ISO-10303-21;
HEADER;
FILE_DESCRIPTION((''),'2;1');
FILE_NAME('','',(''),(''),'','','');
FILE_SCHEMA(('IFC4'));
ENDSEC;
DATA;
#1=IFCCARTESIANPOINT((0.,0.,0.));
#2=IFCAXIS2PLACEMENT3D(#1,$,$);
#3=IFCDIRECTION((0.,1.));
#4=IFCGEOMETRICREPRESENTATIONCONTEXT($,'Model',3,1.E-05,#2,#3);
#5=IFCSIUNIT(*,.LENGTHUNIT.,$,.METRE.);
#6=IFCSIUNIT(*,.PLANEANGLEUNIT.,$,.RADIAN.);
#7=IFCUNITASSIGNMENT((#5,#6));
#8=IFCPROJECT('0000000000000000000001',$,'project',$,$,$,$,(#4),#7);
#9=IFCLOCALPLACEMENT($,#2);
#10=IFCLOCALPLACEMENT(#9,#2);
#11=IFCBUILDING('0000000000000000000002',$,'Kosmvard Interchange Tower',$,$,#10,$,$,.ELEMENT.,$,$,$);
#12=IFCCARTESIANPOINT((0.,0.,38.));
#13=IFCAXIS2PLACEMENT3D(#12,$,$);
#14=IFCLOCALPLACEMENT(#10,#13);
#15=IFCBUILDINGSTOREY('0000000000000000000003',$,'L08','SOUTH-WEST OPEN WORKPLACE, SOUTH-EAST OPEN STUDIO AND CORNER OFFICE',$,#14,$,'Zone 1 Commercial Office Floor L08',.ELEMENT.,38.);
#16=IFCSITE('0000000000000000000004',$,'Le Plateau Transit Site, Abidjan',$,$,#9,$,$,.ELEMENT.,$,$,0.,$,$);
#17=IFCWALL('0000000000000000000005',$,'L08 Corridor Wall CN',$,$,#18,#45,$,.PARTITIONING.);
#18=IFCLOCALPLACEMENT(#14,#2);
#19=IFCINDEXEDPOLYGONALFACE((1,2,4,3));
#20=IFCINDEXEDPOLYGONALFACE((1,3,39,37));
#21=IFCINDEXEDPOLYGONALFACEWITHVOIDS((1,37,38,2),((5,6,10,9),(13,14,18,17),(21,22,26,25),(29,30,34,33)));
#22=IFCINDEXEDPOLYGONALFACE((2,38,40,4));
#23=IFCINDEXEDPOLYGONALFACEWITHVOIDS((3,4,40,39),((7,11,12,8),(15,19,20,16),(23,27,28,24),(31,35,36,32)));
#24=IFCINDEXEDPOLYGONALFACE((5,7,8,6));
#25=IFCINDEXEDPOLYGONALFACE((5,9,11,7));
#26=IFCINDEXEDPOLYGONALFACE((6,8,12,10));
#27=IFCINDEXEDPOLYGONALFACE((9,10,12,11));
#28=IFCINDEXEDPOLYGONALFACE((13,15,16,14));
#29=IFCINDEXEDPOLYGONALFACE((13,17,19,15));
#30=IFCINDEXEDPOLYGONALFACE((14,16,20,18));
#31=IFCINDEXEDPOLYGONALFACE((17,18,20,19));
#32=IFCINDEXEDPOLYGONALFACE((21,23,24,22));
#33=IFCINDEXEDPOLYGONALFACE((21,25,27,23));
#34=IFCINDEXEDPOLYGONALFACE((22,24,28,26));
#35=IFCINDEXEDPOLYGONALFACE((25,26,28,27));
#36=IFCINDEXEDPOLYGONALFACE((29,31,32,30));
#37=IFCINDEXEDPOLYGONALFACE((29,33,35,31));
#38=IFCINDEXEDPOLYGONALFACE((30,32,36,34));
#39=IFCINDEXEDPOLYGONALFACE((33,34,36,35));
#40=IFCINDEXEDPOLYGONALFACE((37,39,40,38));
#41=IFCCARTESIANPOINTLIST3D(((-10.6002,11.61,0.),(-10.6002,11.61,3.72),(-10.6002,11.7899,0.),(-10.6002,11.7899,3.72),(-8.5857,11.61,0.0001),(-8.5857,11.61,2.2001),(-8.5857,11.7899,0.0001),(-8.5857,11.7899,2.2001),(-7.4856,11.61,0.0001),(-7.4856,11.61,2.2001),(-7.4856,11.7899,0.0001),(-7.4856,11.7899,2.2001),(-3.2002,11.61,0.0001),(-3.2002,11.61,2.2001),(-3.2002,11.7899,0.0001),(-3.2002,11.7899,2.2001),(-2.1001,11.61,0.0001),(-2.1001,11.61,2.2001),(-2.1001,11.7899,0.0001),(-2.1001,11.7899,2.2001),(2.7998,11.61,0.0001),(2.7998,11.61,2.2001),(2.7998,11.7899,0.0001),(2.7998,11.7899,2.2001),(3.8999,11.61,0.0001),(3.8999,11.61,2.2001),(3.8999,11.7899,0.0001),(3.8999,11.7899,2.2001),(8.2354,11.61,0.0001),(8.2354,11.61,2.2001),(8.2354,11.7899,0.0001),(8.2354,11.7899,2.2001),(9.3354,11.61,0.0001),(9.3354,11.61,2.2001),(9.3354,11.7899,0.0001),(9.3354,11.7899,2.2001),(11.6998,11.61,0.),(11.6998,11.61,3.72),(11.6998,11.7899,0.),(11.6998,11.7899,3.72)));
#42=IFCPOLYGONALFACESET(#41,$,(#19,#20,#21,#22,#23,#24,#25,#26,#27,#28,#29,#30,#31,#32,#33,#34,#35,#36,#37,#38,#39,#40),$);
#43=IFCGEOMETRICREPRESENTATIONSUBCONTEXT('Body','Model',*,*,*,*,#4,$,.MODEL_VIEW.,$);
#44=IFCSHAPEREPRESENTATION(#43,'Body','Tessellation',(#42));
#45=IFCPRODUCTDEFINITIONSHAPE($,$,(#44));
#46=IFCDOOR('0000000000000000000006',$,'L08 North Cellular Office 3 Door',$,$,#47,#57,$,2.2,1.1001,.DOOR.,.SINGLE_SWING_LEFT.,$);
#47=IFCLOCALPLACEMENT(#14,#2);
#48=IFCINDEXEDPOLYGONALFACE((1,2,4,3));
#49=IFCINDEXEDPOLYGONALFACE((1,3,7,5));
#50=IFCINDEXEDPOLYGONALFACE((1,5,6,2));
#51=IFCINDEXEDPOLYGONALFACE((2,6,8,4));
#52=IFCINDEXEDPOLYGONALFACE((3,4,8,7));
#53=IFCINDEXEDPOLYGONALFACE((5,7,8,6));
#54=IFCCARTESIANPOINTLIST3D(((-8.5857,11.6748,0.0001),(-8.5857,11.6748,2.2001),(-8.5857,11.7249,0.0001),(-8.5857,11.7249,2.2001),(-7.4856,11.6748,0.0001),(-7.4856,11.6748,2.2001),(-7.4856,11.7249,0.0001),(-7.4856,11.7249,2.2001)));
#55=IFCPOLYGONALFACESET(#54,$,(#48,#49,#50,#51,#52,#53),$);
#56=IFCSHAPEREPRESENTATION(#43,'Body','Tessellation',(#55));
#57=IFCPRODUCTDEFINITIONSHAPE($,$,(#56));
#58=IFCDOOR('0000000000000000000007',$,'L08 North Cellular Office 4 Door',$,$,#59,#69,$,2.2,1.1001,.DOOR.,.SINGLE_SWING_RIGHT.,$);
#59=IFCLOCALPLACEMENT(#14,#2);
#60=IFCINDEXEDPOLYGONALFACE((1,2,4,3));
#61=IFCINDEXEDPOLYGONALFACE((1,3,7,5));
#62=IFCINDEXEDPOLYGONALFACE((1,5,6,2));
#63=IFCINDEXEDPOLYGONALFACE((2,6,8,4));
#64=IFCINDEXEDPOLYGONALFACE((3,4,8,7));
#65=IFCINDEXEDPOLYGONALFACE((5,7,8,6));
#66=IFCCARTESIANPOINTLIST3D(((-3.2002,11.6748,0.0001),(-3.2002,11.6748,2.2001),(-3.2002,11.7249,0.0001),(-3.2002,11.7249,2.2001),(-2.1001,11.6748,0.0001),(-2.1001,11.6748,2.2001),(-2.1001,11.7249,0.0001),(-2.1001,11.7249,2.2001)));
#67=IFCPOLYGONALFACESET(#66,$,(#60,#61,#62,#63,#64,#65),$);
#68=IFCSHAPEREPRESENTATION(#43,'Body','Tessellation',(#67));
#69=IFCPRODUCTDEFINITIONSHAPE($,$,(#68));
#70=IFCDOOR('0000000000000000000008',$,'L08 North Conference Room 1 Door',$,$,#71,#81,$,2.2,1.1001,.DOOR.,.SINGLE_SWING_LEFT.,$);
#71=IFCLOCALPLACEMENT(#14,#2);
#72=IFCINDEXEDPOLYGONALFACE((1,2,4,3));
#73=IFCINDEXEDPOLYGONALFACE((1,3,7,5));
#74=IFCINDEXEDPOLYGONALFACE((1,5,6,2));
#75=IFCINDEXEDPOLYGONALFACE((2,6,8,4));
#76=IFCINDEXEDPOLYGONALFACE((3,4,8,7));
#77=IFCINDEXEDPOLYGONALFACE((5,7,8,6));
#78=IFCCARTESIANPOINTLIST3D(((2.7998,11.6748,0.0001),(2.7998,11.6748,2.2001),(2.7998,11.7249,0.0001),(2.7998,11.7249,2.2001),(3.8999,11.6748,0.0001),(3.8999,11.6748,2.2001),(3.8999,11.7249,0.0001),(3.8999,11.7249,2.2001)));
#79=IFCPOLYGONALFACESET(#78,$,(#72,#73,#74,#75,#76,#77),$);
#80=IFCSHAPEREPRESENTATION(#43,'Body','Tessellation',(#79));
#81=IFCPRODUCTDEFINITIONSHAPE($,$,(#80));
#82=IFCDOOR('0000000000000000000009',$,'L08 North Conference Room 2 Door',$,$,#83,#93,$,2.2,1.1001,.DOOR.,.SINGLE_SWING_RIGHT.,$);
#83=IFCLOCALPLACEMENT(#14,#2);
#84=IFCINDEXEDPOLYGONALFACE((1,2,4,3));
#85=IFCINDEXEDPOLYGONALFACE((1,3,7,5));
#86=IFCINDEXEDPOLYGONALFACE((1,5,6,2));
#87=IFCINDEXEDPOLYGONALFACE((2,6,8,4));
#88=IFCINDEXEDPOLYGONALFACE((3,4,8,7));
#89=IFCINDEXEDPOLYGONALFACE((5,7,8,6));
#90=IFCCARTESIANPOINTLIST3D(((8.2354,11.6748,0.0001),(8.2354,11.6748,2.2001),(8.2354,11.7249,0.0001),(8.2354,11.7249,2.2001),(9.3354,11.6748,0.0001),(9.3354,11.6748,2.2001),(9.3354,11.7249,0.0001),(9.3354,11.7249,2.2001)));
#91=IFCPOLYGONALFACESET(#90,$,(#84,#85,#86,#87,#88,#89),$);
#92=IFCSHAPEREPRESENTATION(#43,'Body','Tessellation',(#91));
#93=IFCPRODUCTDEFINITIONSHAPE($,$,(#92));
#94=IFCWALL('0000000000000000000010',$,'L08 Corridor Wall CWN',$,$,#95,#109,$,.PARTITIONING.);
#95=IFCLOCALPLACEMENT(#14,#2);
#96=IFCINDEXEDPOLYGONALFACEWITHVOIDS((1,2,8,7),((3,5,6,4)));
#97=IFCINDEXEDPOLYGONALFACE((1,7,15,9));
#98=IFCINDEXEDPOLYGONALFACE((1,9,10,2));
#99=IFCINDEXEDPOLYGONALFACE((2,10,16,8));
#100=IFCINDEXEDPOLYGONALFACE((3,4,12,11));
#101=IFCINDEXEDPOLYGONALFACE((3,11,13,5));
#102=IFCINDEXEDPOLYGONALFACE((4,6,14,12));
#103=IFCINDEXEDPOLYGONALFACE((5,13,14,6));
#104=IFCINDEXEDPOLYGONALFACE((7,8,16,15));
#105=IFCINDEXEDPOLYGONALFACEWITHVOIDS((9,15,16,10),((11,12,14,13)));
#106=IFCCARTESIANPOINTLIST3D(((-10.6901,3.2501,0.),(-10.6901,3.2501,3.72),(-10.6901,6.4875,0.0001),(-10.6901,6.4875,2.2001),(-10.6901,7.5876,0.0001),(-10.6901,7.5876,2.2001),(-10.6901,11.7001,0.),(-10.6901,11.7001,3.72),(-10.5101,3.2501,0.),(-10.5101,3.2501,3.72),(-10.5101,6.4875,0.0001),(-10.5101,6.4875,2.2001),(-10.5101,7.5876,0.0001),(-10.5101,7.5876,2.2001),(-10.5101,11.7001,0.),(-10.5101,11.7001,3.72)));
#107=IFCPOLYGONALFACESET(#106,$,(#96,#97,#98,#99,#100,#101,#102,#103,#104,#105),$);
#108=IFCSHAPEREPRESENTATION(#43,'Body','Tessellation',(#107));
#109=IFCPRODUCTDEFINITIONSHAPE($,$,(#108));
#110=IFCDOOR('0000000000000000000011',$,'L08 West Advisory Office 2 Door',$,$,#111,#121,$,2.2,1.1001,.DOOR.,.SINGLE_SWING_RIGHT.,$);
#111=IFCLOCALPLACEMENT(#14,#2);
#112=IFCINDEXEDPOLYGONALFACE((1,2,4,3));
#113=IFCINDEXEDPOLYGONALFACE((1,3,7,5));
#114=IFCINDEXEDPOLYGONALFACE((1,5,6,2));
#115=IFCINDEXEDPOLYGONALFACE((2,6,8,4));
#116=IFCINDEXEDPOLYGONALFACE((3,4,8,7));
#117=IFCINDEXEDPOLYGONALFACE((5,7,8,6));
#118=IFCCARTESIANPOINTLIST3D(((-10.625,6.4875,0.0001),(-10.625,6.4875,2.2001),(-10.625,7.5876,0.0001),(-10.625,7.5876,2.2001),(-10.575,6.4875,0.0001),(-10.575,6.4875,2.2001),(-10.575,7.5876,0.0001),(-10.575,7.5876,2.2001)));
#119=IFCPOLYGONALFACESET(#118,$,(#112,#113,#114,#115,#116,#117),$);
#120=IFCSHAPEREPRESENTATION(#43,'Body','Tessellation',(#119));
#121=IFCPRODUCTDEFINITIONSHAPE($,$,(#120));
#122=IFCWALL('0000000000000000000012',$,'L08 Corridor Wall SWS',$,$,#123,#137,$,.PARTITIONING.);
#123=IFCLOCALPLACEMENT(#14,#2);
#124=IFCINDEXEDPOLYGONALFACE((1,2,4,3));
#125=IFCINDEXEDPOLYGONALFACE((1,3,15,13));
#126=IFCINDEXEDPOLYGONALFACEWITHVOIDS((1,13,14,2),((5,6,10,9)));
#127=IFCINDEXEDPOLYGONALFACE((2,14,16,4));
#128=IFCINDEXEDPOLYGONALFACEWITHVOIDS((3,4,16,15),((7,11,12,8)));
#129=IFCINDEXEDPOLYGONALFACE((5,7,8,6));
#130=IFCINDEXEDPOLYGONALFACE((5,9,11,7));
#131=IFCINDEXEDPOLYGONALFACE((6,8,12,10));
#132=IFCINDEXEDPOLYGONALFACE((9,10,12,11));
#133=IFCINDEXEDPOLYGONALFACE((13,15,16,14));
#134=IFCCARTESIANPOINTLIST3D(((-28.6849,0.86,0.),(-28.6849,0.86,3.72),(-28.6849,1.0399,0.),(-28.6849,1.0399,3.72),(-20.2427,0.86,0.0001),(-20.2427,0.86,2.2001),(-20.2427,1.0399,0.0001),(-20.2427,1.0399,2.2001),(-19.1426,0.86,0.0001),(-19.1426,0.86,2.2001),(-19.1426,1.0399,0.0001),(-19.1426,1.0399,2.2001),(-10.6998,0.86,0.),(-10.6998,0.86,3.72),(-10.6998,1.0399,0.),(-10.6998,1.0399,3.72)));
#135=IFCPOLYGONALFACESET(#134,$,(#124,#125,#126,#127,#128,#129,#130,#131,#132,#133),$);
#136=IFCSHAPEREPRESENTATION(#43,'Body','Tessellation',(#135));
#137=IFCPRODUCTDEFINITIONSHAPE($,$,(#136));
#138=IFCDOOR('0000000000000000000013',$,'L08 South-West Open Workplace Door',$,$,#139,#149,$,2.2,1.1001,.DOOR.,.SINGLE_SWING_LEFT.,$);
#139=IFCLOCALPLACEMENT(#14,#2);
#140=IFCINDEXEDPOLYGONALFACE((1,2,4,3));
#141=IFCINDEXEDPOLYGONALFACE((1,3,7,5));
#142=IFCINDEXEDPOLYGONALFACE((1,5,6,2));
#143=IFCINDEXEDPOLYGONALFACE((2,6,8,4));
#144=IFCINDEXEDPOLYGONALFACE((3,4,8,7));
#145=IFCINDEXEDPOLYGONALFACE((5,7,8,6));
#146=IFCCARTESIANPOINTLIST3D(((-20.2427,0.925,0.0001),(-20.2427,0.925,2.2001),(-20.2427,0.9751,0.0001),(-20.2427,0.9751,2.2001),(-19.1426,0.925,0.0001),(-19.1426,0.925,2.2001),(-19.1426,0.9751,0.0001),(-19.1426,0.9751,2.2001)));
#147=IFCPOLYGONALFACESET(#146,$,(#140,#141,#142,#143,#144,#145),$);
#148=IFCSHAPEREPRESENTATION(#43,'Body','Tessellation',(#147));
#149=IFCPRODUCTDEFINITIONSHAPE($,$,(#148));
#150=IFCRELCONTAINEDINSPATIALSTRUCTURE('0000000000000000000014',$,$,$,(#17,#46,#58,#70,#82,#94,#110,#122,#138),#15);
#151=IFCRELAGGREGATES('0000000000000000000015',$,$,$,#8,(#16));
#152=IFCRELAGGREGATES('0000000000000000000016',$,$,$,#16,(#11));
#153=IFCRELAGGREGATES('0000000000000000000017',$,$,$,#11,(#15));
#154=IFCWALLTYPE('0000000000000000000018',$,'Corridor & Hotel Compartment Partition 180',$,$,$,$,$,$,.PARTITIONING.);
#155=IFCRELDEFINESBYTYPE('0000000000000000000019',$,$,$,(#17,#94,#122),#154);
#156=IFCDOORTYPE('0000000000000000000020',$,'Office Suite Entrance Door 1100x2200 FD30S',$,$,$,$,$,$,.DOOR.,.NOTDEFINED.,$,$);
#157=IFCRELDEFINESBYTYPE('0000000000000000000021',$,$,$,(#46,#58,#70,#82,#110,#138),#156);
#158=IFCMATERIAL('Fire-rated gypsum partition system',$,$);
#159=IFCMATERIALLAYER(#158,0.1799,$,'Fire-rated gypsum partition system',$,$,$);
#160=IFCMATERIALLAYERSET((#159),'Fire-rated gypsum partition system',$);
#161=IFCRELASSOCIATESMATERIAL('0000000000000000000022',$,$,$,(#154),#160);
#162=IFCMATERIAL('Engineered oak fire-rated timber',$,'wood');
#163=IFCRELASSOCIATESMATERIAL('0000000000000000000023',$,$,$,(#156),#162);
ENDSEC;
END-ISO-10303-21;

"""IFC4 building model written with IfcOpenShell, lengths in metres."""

from ifc_helpers import new_model, si_unit, direction, frame, frame_2d, origin, place, context, subcontext, project, spatial, rectangle, extrude, source, transform, mapped, material, layer, layer_set, type_object, element, fill, save


model = new_model("IFC4")

# Units and contexts
model_context = context("Model", 3, precision=1e-05, world=origin(), true_north=direction((0.0, 1.0)))
body_context = subcontext(model_context, "Body", "Model", "MODEL_VIEW")
ifc_project = project(units=[si_unit("LENGTHUNIT", "METRE"), si_unit("PLANEANGLEUNIT", "RADIAN")], contexts=[model_context])

# Site, building, storey
site_placement = place(None, origin())
site = spatial("IfcSite", under=ifc_project, at=site_placement, Name="Le Plateau Transit Site, Abidjan", CompositionType="ELEMENT", RefElevation=0.0)
building_placement = place(site_placement, origin())
building = spatial("IfcBuilding", under=site, at=building_placement, Name="Kosmvard Interchange Tower", CompositionType="ELEMENT")
storey_placement = place(building_placement, frame((0.0, 0.0, 38.0)))
storey = spatial("IfcBuildingStorey", under=building, at=storey_placement, Name="L08", Description="SOUTH-WEST OPEN WORKPLACE, SOUTH-EAST OPEN STUDIO AND CORNER OFFICE", LongName="Zone 1 Commercial Office Floor L08", CompositionType="ELEMENT", Elevation=38.0)

# Wall, openings, doors
ifc_material_1 = material(Name="Fire-rated gypsum partition system")
ifc_layer_1 = layer(ifc_material_1, 0.1799, Name="Fire-rated gypsum partition system")
ifc_layer_set_1 = layer_set([ifc_layer_1], Name="Fire-rated gypsum partition system")
wall_type_1 = type_object("IfcWallType", Name="Corridor & Hotel Compartment Partition 180", PredefinedType="PARTITIONING", material=ifc_layer_set_1)
wall_1_placement = place(storey_placement, frame((-10.6001, 11.7, 0.0), z_axis=(0.0, 0.0, 1.0), x_axis=(1.0, 0.0, 0.0)))
wall_1 = element("IfcWall", 1, at=wall_1_placement, inside=storey, type_object=wall_type_1, Name="L08 Corridor Wall CN", PredefinedType="PARTITIONING", context=body_context, shape_type="SweptSolid", body=[
    extrude(rectangle(XDim=22.3, YDim=0.1799, at=frame_2d((11.1499, 0.0))), origin(), (0.0, 0.0, 1.0), 3.72),
])
opening_1_placement = place(wall_1_placement, frame((2.0144, 0.0, 0.0)))
opening_1 = element("IfcOpeningElement", 2, at=opening_1_placement, cuts=wall_1, PredefinedType="OPENING", context=body_context, shape_type="SweptSolid", body=[
    extrude(rectangle(XDim=1.1001, YDim=2.2, at=frame_2d((0.55, 1.1001))), frame((0.0, 0.1001, 0.0), z_axis=(0.0, -1.0, 0.0), x_axis=(1.0, 0.0, 0.0)), (0.0, 0.0, 1.0), 0.2),
])
opening_2_placement = place(wall_1_placement, frame((7.3999, 0.0, 0.0)))
opening_2 = element("IfcOpeningElement", 3, at=opening_2_placement, cuts=wall_1, PredefinedType="OPENING", context=body_context, shape_type="SweptSolid", body=[
    extrude(rectangle(XDim=1.1001, YDim=2.2, at=frame_2d((0.55, 1.1001))), frame((0.0, 0.1001, 0.0), z_axis=(0.0, -1.0, 0.0), x_axis=(1.0, 0.0, 0.0)), (0.0, 0.0, 1.0), 0.2),
])
opening_3_placement = place(wall_1_placement, frame((13.3999, 0.0, 0.0)))
opening_3 = element("IfcOpeningElement", 4, at=opening_3_placement, cuts=wall_1, PredefinedType="OPENING", context=body_context, shape_type="SweptSolid", body=[
    extrude(rectangle(XDim=1.1001, YDim=2.2, at=frame_2d((0.55, 1.1001))), frame((0.0, 0.1001, 0.0), z_axis=(0.0, -1.0, 0.0), x_axis=(1.0, 0.0, 0.0)), (0.0, 0.0, 1.0), 0.2),
])
opening_4_placement = place(wall_1_placement, frame((18.8354, 0.0, 0.0)))
opening_4 = element("IfcOpeningElement", 5, at=opening_4_placement, cuts=wall_1, PredefinedType="OPENING", context=body_context, shape_type="SweptSolid", body=[
    extrude(rectangle(XDim=1.1001, YDim=2.2, at=frame_2d((0.55, 1.1001))), frame((0.0, 0.1001, 0.0), z_axis=(0.0, -1.0, 0.0), x_axis=(1.0, 0.0, 0.0)), (0.0, 0.0, 1.0), 0.2),
])
ifc_material_2 = material(Name="Engineered oak fire-rated timber", Category="wood")
door_type_1 = type_object("IfcDoorType", Name="Office Suite Entrance Door 1100x2200 FD30S", OperationType="NOTDEFINED", PredefinedType="DOOR", material=ifc_material_2)
shared_shape_1 = source(origin(), body_context, "Body", "SweptSolid", [
    extrude(rectangle(XDim=1.1001, YDim=2.2, at=frame_2d((0.55, 1.1001))), frame((0.0, 0.0249, 0.0), z_axis=(0.0, -1.0, 0.0), x_axis=(1.0, 0.0, 0.0)), (0.0, 0.0, 1.0), 0.05),
])
door_1_placement = place(opening_1_placement, origin())
door_1 = element("IfcDoor", 6, at=door_1_placement, inside=storey, type_object=door_type_1, Name="L08 North Cellular Office 3 Door", OperationType="SINGLE_SWING_LEFT", OverallHeight=2.2, OverallWidth=1.1001, PredefinedType="DOOR", context=body_context, shape_type="MappedRepresentation", body=[
    mapped(shared_shape_1, transform((0.0, 0.0, 0.0), scale=1.0)),
])
fill(opening_1, door_1)
door_2_placement = place(opening_2_placement, origin())
door_2 = element("IfcDoor", 7, at=door_2_placement, inside=storey, type_object=door_type_1, Name="L08 North Cellular Office 4 Door", OperationType="SINGLE_SWING_RIGHT", OverallHeight=2.2, OverallWidth=1.1001, PredefinedType="DOOR", context=body_context, shape_type="MappedRepresentation", body=[
    mapped(shared_shape_1, transform((0.0, 0.0, 0.0), scale=1.0)),
])
fill(opening_2, door_2)
door_3_placement = place(opening_3_placement, origin())
door_3 = element("IfcDoor", 8, at=door_3_placement, inside=storey, type_object=door_type_1, Name="L08 North Conference Room 1 Door", OperationType="SINGLE_SWING_LEFT", OverallHeight=2.2, OverallWidth=1.1001, PredefinedType="DOOR", context=body_context, shape_type="MappedRepresentation", body=[
    mapped(shared_shape_1, transform((0.0, 0.0, 0.0), scale=1.0)),
])
fill(opening_3, door_3)
door_4_placement = place(opening_4_placement, origin())
door_4 = element("IfcDoor", 9, at=door_4_placement, inside=storey, type_object=door_type_1, Name="L08 North Conference Room 2 Door", OperationType="SINGLE_SWING_RIGHT", OverallHeight=2.2, OverallWidth=1.1001, PredefinedType="DOOR", context=body_context, shape_type="MappedRepresentation", body=[
    mapped(shared_shape_1, transform((0.0, 0.0, 0.0), scale=1.0)),
])
fill(opening_4, door_4)

# Walls, openings, doors
wall_2_placement = place(storey_placement, frame((-10.6001, 3.25, 0.0), z_axis=(0.0, 0.0, 1.0), x_axis=(0.0, 1.0, 0.0)))
wall_2 = element("IfcWall", 10, at=wall_2_placement, inside=storey, type_object=wall_type_1, Name="L08 Corridor Wall CWN", PredefinedType="PARTITIONING", context=body_context, shape_type="SweptSolid", body=[
    extrude(rectangle(XDim=8.45, YDim=0.1799, at=frame_2d((4.2251, 0.0))), origin(), (0.0, 0.0, 1.0), 3.72),
])
opening_5_placement = place(wall_2_placement, frame((3.2375, 0.0, 0.0)))
opening_5 = element("IfcOpeningElement", 11, at=opening_5_placement, cuts=wall_2, PredefinedType="OPENING", context=body_context, shape_type="SweptSolid", body=[
    extrude(rectangle(XDim=1.1001, YDim=2.2, at=frame_2d((0.55, 1.1001))), frame((0.0, 0.1001, 0.0), z_axis=(0.0, -1.0, 0.0), x_axis=(1.0, 0.0, 0.0)), (0.0, 0.0, 1.0), 0.2),
])
door_5_placement = place(opening_5_placement, origin())
door_5 = element("IfcDoor", 12, at=door_5_placement, inside=storey, type_object=door_type_1, Name="L08 West Advisory Office 2 Door", OperationType="SINGLE_SWING_RIGHT", OverallHeight=2.2, OverallWidth=1.1001, PredefinedType="DOOR", context=body_context, shape_type="MappedRepresentation", body=[
    mapped(shared_shape_1, transform((0.0, 0.0, 0.0), scale=1.0)),
])
fill(opening_5, door_5)
wall_3_placement = place(storey_placement, frame((-28.6851, 0.95, 0.0), z_axis=(0.0, 0.0, 1.0), x_axis=(1.0, 0.0, 0.0)))
wall_3 = element("IfcWall", 13, at=wall_3_placement, inside=storey, type_object=wall_type_1, Name="L08 Corridor Wall SWS", PredefinedType="PARTITIONING", context=body_context, shape_type="SweptSolid", body=[
    extrude(rectangle(XDim=17.9851, YDim=0.1799, at=frame_2d((8.9927, 0.0))), origin(), (0.0, 0.0, 1.0), 3.72),
])
opening_6_placement = place(wall_3_placement, frame((8.4424, 0.0, 0.0)))
opening_6 = element("IfcOpeningElement", 14, at=opening_6_placement, cuts=wall_3, PredefinedType="OPENING", context=body_context, shape_type="SweptSolid", body=[
    extrude(rectangle(XDim=1.1001, YDim=2.2, at=frame_2d((0.55, 1.1001))), frame((0.0, 0.1001, 0.0), z_axis=(0.0, -1.0, 0.0), x_axis=(1.0, 0.0, 0.0)), (0.0, 0.0, 1.0), 0.2),
])
door_6_placement = place(opening_6_placement, frame((1.1001, 0.0, 0.0), z_axis=(0.0, 0.0, 1.0), x_axis=(-1.0, 0.0, 0.0)))
door_6 = element("IfcDoor", 15, at=door_6_placement, inside=storey, type_object=door_type_1, Name="L08 South-West Open Workplace Door", OperationType="SINGLE_SWING_LEFT", OverallHeight=2.2, OverallWidth=1.1001, PredefinedType="DOOR", context=body_context, shape_type="MappedRepresentation", body=[
    mapped(shared_shape_1, transform((0.0, 0.0, 0.0), scale=1.0)),
])
fill(opening_6, door_6)

save(model, "model.ifc")
